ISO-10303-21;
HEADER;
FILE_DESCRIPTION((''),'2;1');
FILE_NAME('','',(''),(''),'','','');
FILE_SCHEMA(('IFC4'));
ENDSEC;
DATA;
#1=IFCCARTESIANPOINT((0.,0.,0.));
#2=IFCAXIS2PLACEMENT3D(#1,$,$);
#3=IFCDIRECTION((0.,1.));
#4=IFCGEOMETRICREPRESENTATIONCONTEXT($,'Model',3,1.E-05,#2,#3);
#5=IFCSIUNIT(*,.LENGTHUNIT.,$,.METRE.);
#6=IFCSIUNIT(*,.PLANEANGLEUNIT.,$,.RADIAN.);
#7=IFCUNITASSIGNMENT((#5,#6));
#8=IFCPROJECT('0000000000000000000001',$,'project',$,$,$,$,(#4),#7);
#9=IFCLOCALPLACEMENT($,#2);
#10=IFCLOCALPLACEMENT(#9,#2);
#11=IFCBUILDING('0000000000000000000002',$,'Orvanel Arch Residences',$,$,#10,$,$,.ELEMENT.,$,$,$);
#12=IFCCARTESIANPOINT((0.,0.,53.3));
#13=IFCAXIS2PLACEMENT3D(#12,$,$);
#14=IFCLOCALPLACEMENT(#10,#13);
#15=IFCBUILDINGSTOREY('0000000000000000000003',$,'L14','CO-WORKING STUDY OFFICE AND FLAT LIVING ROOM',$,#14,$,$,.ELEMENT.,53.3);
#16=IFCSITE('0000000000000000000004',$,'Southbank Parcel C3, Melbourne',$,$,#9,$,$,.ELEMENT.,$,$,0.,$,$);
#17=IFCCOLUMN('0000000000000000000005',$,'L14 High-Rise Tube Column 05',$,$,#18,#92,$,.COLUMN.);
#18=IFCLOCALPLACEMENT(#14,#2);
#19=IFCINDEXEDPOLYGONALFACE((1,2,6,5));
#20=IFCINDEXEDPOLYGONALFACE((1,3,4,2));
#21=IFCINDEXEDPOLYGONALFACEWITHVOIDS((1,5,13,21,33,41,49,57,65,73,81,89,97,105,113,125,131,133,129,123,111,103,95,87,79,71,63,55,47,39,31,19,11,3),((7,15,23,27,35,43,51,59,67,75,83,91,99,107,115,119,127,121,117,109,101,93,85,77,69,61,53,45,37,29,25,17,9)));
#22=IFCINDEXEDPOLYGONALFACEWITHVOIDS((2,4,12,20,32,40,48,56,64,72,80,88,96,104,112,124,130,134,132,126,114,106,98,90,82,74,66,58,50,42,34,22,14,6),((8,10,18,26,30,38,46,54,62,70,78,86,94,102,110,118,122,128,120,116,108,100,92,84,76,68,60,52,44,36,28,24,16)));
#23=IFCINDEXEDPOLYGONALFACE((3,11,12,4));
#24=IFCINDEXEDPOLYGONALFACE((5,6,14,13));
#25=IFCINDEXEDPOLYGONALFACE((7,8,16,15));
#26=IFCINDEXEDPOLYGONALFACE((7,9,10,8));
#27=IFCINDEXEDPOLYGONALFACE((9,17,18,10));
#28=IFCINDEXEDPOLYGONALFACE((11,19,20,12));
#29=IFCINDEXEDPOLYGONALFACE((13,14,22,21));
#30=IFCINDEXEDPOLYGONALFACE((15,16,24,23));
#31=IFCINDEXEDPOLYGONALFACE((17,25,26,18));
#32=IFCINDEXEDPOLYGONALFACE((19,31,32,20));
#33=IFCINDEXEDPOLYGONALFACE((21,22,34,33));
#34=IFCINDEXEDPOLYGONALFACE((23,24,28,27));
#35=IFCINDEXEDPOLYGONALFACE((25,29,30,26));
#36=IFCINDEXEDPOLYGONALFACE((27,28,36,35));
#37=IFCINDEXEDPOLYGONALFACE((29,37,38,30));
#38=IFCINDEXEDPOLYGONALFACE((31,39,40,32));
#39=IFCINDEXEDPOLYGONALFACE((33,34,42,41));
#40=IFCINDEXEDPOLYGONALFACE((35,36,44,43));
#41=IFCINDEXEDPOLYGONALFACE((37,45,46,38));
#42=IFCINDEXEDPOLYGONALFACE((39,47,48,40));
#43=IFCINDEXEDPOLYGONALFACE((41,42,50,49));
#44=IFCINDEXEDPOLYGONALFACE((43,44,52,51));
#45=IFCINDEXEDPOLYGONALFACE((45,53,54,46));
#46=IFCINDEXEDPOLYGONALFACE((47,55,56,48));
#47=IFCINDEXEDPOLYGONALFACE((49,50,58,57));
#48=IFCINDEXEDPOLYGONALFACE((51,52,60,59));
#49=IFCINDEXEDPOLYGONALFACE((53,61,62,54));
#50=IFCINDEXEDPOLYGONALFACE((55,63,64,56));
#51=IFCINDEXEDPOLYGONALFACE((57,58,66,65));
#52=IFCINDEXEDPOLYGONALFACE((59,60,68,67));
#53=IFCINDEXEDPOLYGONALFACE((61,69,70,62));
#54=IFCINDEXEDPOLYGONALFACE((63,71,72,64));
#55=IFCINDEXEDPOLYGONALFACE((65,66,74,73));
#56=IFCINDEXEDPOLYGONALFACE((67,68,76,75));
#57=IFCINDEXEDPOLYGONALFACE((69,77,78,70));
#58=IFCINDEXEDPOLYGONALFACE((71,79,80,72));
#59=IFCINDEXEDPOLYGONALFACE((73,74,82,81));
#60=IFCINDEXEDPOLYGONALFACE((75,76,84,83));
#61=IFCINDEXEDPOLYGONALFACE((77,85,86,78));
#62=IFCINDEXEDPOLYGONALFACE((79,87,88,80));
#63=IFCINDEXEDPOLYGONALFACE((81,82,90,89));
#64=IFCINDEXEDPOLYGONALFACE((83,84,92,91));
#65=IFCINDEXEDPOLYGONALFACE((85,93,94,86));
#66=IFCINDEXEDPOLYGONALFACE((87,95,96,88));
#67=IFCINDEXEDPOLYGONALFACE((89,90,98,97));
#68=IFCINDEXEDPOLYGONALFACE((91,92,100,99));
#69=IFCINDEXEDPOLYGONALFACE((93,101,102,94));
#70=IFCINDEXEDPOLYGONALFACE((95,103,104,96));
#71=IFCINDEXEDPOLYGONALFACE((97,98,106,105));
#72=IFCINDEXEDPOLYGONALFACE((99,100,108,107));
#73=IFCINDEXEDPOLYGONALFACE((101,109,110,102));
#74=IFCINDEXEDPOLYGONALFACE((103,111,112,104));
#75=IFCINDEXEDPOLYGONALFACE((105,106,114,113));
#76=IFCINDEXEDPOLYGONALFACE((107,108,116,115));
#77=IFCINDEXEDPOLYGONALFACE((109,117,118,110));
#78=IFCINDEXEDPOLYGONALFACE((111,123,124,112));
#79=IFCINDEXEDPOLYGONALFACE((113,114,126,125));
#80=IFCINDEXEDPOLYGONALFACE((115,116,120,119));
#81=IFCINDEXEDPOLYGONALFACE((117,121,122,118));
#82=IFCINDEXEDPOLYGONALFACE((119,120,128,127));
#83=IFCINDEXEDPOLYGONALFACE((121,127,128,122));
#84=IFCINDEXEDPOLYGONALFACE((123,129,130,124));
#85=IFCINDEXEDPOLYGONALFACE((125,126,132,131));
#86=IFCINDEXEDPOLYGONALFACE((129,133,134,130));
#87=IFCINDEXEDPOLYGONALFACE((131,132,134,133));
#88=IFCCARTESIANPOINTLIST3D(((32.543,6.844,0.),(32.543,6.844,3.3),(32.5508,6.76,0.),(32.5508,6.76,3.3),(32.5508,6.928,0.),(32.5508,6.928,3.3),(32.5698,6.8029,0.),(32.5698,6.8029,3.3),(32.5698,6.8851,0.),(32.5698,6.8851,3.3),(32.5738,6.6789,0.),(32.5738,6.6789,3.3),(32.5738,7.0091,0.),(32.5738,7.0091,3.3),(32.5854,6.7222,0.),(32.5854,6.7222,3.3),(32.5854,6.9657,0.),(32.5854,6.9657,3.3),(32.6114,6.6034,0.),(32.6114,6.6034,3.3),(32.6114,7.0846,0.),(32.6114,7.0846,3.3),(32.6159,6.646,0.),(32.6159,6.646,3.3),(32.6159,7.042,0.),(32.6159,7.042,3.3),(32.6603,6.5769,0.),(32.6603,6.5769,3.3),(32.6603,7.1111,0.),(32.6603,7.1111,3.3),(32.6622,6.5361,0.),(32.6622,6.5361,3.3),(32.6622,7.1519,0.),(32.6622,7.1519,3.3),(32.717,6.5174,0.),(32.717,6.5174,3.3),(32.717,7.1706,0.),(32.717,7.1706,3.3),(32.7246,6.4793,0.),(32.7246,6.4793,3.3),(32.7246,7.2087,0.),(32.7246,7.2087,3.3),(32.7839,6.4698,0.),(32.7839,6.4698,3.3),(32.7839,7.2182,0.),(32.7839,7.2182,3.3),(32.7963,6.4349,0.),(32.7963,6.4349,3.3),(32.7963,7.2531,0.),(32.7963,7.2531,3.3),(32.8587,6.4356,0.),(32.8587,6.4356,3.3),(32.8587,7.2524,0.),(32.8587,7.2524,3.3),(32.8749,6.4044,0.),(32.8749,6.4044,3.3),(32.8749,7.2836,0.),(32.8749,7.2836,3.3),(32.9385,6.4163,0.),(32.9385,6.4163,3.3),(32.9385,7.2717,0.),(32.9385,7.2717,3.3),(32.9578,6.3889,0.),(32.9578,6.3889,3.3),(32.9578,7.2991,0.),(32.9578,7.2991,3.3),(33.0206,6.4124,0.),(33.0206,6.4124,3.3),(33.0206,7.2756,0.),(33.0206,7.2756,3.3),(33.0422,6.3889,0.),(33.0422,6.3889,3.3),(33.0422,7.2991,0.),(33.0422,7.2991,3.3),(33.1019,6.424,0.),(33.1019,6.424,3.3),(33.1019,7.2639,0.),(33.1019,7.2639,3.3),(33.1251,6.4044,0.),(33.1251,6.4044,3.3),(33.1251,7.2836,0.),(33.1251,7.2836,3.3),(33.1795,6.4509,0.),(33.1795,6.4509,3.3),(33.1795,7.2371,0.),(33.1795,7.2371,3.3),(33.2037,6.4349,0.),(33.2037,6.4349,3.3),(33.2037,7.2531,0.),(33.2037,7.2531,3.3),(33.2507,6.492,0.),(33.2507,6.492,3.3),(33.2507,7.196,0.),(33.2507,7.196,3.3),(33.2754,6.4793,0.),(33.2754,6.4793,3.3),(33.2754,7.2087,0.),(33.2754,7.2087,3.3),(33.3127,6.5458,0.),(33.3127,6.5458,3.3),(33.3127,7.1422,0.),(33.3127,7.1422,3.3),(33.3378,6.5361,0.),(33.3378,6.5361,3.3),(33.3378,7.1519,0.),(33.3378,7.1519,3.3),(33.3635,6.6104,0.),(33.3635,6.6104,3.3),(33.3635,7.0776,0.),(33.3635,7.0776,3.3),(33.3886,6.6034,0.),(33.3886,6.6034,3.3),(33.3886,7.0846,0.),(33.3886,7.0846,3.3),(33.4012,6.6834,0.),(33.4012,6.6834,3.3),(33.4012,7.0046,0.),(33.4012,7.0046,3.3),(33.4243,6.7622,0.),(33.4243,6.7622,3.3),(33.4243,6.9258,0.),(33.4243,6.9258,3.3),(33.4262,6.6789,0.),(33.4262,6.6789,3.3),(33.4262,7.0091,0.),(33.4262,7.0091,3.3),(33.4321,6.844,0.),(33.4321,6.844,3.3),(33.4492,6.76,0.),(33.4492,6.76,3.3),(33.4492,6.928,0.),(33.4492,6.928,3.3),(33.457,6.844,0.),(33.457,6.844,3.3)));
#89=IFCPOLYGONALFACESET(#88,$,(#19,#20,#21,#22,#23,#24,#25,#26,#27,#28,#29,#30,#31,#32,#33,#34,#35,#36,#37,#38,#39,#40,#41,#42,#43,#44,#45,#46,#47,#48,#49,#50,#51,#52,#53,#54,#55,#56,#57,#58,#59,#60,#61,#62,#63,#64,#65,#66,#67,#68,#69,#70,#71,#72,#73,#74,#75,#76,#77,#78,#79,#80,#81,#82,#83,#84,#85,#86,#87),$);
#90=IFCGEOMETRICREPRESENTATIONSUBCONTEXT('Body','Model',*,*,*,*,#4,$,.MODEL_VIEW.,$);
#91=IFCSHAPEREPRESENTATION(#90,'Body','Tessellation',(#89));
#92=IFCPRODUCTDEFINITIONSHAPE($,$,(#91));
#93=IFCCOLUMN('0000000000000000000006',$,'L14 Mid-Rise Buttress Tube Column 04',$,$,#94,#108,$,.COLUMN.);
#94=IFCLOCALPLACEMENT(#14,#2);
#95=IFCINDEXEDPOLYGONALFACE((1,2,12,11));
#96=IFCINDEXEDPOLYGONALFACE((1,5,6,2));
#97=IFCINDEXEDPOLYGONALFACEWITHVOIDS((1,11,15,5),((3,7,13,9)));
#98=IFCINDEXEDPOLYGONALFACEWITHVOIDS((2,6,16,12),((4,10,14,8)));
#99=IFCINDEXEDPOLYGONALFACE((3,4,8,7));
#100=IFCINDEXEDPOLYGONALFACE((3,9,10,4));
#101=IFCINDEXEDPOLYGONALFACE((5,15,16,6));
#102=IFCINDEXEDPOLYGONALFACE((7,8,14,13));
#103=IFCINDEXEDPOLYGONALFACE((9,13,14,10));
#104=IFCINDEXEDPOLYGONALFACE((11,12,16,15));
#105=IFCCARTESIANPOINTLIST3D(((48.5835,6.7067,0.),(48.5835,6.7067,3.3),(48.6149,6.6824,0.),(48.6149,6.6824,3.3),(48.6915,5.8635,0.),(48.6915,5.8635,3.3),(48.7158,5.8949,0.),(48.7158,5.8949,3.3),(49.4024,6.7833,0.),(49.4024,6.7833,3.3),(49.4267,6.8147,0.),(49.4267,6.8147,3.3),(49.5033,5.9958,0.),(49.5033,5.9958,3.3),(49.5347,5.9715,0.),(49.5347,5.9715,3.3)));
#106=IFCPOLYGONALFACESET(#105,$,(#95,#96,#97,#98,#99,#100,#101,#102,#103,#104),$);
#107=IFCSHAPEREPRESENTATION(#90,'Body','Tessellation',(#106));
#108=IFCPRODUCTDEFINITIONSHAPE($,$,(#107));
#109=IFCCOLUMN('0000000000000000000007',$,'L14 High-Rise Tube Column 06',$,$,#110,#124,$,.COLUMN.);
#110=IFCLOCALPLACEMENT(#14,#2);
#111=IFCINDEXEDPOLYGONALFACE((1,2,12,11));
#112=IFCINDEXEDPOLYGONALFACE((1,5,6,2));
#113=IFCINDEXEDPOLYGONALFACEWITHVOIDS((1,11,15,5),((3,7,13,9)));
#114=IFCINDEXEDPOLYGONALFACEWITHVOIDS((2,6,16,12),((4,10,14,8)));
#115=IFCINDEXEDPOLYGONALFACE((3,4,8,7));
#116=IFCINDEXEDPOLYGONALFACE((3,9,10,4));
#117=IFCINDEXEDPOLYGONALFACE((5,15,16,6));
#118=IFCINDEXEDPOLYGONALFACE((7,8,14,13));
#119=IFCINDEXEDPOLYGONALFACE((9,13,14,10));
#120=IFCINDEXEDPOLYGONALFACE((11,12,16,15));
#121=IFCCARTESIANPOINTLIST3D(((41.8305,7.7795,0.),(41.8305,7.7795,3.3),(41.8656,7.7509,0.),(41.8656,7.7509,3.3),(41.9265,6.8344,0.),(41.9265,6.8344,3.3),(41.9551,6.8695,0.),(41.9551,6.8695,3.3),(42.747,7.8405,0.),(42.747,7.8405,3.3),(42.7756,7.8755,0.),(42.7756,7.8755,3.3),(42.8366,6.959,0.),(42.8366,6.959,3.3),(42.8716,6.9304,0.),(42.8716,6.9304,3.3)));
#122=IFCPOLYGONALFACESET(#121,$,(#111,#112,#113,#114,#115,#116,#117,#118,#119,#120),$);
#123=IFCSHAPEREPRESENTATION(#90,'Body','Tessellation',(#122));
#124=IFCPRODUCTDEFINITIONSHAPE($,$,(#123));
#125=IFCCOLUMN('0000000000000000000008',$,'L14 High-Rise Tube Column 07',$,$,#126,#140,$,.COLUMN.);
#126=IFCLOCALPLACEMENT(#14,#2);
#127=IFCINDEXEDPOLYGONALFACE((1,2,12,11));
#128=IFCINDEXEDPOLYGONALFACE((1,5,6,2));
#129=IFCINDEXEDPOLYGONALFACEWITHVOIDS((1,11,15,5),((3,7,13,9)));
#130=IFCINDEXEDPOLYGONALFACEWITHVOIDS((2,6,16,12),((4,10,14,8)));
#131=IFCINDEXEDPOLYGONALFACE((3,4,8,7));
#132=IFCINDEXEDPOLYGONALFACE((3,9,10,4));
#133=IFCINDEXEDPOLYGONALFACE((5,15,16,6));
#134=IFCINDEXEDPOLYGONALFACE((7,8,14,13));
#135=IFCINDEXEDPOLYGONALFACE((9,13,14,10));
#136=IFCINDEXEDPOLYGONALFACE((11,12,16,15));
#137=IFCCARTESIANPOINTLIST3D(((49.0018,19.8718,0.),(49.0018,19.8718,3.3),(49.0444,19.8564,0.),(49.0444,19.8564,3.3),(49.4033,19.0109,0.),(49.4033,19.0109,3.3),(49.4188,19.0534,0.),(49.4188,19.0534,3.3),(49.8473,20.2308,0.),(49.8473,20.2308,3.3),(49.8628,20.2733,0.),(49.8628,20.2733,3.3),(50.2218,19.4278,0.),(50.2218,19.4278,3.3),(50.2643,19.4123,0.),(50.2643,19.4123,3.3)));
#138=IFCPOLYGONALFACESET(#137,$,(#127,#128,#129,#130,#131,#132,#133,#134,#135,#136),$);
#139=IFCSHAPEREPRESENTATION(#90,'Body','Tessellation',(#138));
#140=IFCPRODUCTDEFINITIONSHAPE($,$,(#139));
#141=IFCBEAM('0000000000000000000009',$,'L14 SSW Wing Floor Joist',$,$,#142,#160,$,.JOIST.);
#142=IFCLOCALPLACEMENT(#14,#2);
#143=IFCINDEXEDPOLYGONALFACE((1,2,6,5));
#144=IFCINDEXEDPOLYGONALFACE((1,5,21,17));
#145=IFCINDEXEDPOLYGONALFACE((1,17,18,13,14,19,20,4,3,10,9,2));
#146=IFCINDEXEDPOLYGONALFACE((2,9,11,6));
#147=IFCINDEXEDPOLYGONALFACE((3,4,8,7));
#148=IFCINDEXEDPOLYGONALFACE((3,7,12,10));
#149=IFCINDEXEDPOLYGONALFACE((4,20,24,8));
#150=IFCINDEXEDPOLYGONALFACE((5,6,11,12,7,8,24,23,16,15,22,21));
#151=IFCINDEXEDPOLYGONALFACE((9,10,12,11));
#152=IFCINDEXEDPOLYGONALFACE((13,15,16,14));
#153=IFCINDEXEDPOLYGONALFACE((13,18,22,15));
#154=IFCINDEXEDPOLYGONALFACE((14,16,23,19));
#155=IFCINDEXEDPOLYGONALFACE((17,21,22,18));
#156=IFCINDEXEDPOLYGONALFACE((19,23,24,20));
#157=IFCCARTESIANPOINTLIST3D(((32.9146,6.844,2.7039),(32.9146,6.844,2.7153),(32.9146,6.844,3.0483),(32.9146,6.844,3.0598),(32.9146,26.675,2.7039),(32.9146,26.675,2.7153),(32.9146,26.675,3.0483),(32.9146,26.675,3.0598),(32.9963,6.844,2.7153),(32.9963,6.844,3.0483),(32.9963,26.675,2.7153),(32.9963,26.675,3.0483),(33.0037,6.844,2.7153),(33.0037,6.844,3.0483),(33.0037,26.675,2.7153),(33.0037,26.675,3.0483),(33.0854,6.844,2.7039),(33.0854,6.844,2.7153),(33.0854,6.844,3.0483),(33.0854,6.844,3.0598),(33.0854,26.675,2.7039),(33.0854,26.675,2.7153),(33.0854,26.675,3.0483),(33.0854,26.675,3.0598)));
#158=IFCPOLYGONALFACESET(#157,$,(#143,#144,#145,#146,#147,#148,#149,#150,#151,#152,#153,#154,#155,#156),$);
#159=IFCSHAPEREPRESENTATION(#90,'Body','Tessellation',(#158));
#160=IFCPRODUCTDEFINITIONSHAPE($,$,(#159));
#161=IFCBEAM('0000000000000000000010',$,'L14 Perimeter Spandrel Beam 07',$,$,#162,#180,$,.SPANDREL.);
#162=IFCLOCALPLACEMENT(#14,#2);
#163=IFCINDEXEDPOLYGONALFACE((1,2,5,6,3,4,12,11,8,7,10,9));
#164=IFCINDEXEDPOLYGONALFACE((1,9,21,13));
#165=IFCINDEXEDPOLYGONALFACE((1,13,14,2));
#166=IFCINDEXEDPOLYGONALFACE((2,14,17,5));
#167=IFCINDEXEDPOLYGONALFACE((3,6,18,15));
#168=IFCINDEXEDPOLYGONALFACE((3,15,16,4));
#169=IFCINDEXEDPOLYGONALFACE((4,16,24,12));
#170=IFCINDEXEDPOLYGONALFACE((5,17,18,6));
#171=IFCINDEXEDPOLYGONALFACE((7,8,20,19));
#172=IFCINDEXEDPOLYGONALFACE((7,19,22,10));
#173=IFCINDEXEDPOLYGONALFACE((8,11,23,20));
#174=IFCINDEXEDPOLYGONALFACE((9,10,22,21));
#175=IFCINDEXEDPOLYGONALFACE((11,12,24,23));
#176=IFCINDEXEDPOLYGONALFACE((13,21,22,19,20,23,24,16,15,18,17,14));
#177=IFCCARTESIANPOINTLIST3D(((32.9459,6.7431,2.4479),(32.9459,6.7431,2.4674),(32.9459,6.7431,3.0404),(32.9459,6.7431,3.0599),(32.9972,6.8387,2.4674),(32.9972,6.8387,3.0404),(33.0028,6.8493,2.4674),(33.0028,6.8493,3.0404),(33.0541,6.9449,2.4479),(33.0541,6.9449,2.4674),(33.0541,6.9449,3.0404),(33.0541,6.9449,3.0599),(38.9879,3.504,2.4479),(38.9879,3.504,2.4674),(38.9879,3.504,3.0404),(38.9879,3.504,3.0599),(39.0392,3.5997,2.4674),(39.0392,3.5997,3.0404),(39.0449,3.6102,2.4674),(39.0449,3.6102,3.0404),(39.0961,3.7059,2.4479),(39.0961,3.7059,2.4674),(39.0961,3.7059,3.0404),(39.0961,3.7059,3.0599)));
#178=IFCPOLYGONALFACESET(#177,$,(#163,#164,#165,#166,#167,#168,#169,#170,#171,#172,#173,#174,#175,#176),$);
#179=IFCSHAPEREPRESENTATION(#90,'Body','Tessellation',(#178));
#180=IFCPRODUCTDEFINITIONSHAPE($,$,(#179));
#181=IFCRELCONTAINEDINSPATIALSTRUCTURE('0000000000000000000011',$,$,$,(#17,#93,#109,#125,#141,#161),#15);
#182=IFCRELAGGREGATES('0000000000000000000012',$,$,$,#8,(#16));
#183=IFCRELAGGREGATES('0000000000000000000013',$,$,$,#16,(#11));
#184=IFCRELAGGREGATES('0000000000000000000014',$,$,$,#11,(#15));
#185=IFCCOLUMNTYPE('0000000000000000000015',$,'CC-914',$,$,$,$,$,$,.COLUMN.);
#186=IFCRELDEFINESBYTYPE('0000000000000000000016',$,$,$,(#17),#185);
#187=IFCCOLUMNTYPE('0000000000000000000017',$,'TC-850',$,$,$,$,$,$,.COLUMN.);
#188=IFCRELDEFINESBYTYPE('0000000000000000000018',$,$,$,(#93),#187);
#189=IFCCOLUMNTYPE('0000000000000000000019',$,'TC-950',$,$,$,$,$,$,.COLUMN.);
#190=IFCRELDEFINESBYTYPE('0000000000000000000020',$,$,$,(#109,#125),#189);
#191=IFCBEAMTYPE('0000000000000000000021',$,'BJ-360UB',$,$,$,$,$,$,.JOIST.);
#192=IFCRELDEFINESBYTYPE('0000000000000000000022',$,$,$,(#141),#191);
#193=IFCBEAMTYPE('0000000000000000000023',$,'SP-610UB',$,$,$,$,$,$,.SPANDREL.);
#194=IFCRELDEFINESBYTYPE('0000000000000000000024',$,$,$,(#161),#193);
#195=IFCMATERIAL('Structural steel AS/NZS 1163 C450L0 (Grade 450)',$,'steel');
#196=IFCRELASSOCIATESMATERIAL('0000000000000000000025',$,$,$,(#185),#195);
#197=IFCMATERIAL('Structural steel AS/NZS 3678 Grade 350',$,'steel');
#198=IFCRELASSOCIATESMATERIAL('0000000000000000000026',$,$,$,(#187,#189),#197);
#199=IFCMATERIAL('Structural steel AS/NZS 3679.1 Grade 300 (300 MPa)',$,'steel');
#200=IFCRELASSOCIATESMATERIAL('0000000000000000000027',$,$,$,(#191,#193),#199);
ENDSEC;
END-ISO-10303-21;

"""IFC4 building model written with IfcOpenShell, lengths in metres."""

from ifc_helpers import new_model, si_unit, direction, frame, origin, origin_2d, place, context, subcontext, project, spatial, hollow_rectangle, hollow_circle, i_section, extrude, material, material_profile, profile_set, type_object, element, save


model = new_model("IFC4")

# Units and contexts
model_context = context("Model", 3, precision=1e-05, world=origin(), true_north=direction((0.0, 1.0)))
body_context = subcontext(model_context, "Body", "Model", "MODEL_VIEW")
ifc_project = project(units=[si_unit("LENGTHUNIT", "METRE"), si_unit("PLANEANGLEUNIT", "RADIAN")], contexts=[model_context])

# Site, building, storey
site_placement = place(None, origin())
site = spatial("IfcSite", under=ifc_project, at=site_placement, Name="Southbank Parcel C3, Melbourne", CompositionType="ELEMENT", RefElevation=0.0)
building_placement = place(site_placement, origin())
building = spatial("IfcBuilding", under=site, at=building_placement, Name="Orvanel Arch Residences", CompositionType="ELEMENT")
storey_placement = place(building_placement, frame((0.0, 0.0, 53.3)))
storey = spatial("IfcBuildingStorey", under=building, at=storey_placement, Name="L14", Description="CO-WORKING STUDY OFFICE AND FLAT LIVING ROOM", CompositionType="ELEMENT", Elevation=53.3)

# Columns
ifc_material_1 = material(Name="Structural steel AS/NZS 1163 C450L0 (Grade 450)", Category="steel")
ifc_material_profile_1 = material_profile(ifc_material_1, hollow_circle(Radius=0.457, WallThickness=0.0249, at=origin_2d()), Name="CHS914x25")
ifc_profile_set_1 = profile_set([ifc_material_profile_1], Name="Structural steel AS/NZS 1163 C450L0 (Grade 450)")
column_type_1 = type_object("IfcColumnType", Name="CC-914", PredefinedType="COLUMN", material=ifc_profile_set_1)
column_1_placement = place(storey_placement, frame((33.0, 6.844, 0.0), z_axis=(0.0, 0.0, 1.0), x_axis=(1.0, 0.0, 0.0)))
element("IfcColumn", 1, at=column_1_placement, inside=storey, type_object=column_type_1, Name="L14 High-Rise Tube Column 05", PredefinedType="COLUMN", context=body_context, shape_type="SweptSolid", body=[
    extrude(hollow_circle(Radius=0.457, WallThickness=0.0249, at=origin_2d()), origin(), (0.0, 0.0, 1.0), 3.3),
])
ifc_material_2 = material(Name="Structural steel AS/NZS 3678 Grade 350", Category="steel")
ifc_material_profile_2 = material_profile(ifc_material_2, hollow_rectangle(XDim=0.8501, YDim=0.8501, WallThickness=0.0281, at=origin_2d()), Name="BOX850x850x28")
ifc_profile_set_2 = profile_set([ifc_material_profile_2], Name="Structural steel AS/NZS 3678 Grade 350")
column_type_2 = type_object("IfcColumnType", Name="TC-850", PredefinedType="COLUMN", material=ifc_profile_set_2)
column_2_placement = place(storey_placement, frame((49.0591, 6.3391, 0.0), z_axis=(0.0, 0.0, 1.0), x_axis=(0.991894, 0.127065, 0.0)))
element("IfcColumn", 2, at=column_2_placement, inside=storey, type_object=column_type_2, Name="L14 Mid-Rise Buttress Tube Column 04", PredefinedType="COLUMN", context=body_context, shape_type="SweptSolid", body=[
    extrude(hollow_rectangle(XDim=0.8501, YDim=0.8501, WallThickness=0.0281, at=origin_2d()), origin(), (0.0, 0.0, 1.0), 3.3),
])
ifc_material_profile_3 = material_profile(ifc_material_2, hollow_rectangle(XDim=0.95, YDim=0.95, WallThickness=0.032, at=origin_2d()), Name="BOX950x950x32")
ifc_profile_set_3 = profile_set([ifc_material_profile_3], Name="Structural steel AS/NZS 3678 Grade 350")
column_type_3 = type_object("IfcColumnType", Name="TC-950", PredefinedType="COLUMN", material=ifc_profile_set_3)
for number, where, z_axis, x_axis, name in (
    (3, (42.3511, 7.355, 0.0), (0.0, 0.0, 1.0), (0.994881, 0.101056, 0.0), "L14 High-Rise Tube Column 06"),
    (4, (49.6331, 19.6421, 0.0), (0.0, 0.0, 1.0), (-0.422618, 0.906308, 0.0), "L14 High-Rise Tube Column 07"),
):
    element("IfcColumn", number, at=place(storey_placement, frame(where, z_axis=z_axis, x_axis=x_axis)), inside=storey, type_object=column_type_3, Name=name, PredefinedType="COLUMN", context=body_context, shape_type="SweptSolid", body=[
        extrude(hollow_rectangle(XDim=0.95, YDim=0.95, WallThickness=0.032, at=origin_2d()), origin(), (0.0, 0.0, 1.0), 3.3),
    ])

# Beams
ifc_material_3 = material(Name="Structural steel AS/NZS 3679.1 Grade 300 (300 MPa)", Category="steel")
ifc_material_profile_4 = material_profile(ifc_material_3, i_section(OverallWidth=0.1709, OverallDepth=0.356, WebThickness=0.0073, FlangeThickness=0.0115, at=origin_2d()), Name="360UB50.7")
ifc_profile_set_4 = profile_set([ifc_material_profile_4], Name="Structural steel AS/NZS 3679.1 Grade 300 (300 MPa)")
beam_type_1 = type_object("IfcBeamType", Name="BJ-360UB", PredefinedType="JOIST", material=ifc_profile_set_4)
beam_1_placement = place(storey_placement, frame((33.0, 26.675, 2.8818), z_axis=(0.0, -1.0, 0.0), x_axis=(1.0, 0.0, 0.0)))
element("IfcBeam", 5, at=beam_1_placement, inside=storey, type_object=beam_type_1, Name="L14 SSW Wing Floor Joist", PredefinedType="JOIST", context=body_context, shape_type="SweptSolid", body=[
    extrude(i_section(OverallWidth=0.1709, OverallDepth=0.356, WebThickness=0.0073, FlangeThickness=0.0115, at=origin_2d()), origin(), (0.0, 0.0, 1.0), 19.8311),
])
ifc_material_profile_5 = material_profile(ifc_material_3, i_section(OverallWidth=0.229, OverallDepth=0.6121, WebThickness=0.012, FlangeThickness=0.0195, at=origin_2d()), Name="610UB125")
ifc_profile_set_5 = profile_set([ifc_material_profile_5], Name="Structural steel AS/NZS 3679.1 Grade 300 (300 MPa)")
beam_type_2 = type_object("IfcBeamType", Name="SP-610UB", PredefinedType="SPANDREL", material=ifc_profile_set_5)
beam_2_placement = place(storey_placement, frame((33.0, 6.844, 2.7539), z_axis=(0.881344, -0.472474, 0.0), x_axis=(0.472474, 0.881344, 0.0)))
element("IfcBeam", 6, at=beam_2_placement, inside=storey, type_object=beam_type_2, Name="L14 Perimeter Spandrel Beam 07", PredefinedType="SPANDREL", context=body_context, shape_type="SweptSolid", body=[
    extrude(i_section(OverallWidth=0.229, OverallDepth=0.6121, WebThickness=0.012, FlangeThickness=0.0195, at=origin_2d()), origin(), (0.0, 0.0, 1.0), 6.8555),
])

save(model, "model.ifc")
